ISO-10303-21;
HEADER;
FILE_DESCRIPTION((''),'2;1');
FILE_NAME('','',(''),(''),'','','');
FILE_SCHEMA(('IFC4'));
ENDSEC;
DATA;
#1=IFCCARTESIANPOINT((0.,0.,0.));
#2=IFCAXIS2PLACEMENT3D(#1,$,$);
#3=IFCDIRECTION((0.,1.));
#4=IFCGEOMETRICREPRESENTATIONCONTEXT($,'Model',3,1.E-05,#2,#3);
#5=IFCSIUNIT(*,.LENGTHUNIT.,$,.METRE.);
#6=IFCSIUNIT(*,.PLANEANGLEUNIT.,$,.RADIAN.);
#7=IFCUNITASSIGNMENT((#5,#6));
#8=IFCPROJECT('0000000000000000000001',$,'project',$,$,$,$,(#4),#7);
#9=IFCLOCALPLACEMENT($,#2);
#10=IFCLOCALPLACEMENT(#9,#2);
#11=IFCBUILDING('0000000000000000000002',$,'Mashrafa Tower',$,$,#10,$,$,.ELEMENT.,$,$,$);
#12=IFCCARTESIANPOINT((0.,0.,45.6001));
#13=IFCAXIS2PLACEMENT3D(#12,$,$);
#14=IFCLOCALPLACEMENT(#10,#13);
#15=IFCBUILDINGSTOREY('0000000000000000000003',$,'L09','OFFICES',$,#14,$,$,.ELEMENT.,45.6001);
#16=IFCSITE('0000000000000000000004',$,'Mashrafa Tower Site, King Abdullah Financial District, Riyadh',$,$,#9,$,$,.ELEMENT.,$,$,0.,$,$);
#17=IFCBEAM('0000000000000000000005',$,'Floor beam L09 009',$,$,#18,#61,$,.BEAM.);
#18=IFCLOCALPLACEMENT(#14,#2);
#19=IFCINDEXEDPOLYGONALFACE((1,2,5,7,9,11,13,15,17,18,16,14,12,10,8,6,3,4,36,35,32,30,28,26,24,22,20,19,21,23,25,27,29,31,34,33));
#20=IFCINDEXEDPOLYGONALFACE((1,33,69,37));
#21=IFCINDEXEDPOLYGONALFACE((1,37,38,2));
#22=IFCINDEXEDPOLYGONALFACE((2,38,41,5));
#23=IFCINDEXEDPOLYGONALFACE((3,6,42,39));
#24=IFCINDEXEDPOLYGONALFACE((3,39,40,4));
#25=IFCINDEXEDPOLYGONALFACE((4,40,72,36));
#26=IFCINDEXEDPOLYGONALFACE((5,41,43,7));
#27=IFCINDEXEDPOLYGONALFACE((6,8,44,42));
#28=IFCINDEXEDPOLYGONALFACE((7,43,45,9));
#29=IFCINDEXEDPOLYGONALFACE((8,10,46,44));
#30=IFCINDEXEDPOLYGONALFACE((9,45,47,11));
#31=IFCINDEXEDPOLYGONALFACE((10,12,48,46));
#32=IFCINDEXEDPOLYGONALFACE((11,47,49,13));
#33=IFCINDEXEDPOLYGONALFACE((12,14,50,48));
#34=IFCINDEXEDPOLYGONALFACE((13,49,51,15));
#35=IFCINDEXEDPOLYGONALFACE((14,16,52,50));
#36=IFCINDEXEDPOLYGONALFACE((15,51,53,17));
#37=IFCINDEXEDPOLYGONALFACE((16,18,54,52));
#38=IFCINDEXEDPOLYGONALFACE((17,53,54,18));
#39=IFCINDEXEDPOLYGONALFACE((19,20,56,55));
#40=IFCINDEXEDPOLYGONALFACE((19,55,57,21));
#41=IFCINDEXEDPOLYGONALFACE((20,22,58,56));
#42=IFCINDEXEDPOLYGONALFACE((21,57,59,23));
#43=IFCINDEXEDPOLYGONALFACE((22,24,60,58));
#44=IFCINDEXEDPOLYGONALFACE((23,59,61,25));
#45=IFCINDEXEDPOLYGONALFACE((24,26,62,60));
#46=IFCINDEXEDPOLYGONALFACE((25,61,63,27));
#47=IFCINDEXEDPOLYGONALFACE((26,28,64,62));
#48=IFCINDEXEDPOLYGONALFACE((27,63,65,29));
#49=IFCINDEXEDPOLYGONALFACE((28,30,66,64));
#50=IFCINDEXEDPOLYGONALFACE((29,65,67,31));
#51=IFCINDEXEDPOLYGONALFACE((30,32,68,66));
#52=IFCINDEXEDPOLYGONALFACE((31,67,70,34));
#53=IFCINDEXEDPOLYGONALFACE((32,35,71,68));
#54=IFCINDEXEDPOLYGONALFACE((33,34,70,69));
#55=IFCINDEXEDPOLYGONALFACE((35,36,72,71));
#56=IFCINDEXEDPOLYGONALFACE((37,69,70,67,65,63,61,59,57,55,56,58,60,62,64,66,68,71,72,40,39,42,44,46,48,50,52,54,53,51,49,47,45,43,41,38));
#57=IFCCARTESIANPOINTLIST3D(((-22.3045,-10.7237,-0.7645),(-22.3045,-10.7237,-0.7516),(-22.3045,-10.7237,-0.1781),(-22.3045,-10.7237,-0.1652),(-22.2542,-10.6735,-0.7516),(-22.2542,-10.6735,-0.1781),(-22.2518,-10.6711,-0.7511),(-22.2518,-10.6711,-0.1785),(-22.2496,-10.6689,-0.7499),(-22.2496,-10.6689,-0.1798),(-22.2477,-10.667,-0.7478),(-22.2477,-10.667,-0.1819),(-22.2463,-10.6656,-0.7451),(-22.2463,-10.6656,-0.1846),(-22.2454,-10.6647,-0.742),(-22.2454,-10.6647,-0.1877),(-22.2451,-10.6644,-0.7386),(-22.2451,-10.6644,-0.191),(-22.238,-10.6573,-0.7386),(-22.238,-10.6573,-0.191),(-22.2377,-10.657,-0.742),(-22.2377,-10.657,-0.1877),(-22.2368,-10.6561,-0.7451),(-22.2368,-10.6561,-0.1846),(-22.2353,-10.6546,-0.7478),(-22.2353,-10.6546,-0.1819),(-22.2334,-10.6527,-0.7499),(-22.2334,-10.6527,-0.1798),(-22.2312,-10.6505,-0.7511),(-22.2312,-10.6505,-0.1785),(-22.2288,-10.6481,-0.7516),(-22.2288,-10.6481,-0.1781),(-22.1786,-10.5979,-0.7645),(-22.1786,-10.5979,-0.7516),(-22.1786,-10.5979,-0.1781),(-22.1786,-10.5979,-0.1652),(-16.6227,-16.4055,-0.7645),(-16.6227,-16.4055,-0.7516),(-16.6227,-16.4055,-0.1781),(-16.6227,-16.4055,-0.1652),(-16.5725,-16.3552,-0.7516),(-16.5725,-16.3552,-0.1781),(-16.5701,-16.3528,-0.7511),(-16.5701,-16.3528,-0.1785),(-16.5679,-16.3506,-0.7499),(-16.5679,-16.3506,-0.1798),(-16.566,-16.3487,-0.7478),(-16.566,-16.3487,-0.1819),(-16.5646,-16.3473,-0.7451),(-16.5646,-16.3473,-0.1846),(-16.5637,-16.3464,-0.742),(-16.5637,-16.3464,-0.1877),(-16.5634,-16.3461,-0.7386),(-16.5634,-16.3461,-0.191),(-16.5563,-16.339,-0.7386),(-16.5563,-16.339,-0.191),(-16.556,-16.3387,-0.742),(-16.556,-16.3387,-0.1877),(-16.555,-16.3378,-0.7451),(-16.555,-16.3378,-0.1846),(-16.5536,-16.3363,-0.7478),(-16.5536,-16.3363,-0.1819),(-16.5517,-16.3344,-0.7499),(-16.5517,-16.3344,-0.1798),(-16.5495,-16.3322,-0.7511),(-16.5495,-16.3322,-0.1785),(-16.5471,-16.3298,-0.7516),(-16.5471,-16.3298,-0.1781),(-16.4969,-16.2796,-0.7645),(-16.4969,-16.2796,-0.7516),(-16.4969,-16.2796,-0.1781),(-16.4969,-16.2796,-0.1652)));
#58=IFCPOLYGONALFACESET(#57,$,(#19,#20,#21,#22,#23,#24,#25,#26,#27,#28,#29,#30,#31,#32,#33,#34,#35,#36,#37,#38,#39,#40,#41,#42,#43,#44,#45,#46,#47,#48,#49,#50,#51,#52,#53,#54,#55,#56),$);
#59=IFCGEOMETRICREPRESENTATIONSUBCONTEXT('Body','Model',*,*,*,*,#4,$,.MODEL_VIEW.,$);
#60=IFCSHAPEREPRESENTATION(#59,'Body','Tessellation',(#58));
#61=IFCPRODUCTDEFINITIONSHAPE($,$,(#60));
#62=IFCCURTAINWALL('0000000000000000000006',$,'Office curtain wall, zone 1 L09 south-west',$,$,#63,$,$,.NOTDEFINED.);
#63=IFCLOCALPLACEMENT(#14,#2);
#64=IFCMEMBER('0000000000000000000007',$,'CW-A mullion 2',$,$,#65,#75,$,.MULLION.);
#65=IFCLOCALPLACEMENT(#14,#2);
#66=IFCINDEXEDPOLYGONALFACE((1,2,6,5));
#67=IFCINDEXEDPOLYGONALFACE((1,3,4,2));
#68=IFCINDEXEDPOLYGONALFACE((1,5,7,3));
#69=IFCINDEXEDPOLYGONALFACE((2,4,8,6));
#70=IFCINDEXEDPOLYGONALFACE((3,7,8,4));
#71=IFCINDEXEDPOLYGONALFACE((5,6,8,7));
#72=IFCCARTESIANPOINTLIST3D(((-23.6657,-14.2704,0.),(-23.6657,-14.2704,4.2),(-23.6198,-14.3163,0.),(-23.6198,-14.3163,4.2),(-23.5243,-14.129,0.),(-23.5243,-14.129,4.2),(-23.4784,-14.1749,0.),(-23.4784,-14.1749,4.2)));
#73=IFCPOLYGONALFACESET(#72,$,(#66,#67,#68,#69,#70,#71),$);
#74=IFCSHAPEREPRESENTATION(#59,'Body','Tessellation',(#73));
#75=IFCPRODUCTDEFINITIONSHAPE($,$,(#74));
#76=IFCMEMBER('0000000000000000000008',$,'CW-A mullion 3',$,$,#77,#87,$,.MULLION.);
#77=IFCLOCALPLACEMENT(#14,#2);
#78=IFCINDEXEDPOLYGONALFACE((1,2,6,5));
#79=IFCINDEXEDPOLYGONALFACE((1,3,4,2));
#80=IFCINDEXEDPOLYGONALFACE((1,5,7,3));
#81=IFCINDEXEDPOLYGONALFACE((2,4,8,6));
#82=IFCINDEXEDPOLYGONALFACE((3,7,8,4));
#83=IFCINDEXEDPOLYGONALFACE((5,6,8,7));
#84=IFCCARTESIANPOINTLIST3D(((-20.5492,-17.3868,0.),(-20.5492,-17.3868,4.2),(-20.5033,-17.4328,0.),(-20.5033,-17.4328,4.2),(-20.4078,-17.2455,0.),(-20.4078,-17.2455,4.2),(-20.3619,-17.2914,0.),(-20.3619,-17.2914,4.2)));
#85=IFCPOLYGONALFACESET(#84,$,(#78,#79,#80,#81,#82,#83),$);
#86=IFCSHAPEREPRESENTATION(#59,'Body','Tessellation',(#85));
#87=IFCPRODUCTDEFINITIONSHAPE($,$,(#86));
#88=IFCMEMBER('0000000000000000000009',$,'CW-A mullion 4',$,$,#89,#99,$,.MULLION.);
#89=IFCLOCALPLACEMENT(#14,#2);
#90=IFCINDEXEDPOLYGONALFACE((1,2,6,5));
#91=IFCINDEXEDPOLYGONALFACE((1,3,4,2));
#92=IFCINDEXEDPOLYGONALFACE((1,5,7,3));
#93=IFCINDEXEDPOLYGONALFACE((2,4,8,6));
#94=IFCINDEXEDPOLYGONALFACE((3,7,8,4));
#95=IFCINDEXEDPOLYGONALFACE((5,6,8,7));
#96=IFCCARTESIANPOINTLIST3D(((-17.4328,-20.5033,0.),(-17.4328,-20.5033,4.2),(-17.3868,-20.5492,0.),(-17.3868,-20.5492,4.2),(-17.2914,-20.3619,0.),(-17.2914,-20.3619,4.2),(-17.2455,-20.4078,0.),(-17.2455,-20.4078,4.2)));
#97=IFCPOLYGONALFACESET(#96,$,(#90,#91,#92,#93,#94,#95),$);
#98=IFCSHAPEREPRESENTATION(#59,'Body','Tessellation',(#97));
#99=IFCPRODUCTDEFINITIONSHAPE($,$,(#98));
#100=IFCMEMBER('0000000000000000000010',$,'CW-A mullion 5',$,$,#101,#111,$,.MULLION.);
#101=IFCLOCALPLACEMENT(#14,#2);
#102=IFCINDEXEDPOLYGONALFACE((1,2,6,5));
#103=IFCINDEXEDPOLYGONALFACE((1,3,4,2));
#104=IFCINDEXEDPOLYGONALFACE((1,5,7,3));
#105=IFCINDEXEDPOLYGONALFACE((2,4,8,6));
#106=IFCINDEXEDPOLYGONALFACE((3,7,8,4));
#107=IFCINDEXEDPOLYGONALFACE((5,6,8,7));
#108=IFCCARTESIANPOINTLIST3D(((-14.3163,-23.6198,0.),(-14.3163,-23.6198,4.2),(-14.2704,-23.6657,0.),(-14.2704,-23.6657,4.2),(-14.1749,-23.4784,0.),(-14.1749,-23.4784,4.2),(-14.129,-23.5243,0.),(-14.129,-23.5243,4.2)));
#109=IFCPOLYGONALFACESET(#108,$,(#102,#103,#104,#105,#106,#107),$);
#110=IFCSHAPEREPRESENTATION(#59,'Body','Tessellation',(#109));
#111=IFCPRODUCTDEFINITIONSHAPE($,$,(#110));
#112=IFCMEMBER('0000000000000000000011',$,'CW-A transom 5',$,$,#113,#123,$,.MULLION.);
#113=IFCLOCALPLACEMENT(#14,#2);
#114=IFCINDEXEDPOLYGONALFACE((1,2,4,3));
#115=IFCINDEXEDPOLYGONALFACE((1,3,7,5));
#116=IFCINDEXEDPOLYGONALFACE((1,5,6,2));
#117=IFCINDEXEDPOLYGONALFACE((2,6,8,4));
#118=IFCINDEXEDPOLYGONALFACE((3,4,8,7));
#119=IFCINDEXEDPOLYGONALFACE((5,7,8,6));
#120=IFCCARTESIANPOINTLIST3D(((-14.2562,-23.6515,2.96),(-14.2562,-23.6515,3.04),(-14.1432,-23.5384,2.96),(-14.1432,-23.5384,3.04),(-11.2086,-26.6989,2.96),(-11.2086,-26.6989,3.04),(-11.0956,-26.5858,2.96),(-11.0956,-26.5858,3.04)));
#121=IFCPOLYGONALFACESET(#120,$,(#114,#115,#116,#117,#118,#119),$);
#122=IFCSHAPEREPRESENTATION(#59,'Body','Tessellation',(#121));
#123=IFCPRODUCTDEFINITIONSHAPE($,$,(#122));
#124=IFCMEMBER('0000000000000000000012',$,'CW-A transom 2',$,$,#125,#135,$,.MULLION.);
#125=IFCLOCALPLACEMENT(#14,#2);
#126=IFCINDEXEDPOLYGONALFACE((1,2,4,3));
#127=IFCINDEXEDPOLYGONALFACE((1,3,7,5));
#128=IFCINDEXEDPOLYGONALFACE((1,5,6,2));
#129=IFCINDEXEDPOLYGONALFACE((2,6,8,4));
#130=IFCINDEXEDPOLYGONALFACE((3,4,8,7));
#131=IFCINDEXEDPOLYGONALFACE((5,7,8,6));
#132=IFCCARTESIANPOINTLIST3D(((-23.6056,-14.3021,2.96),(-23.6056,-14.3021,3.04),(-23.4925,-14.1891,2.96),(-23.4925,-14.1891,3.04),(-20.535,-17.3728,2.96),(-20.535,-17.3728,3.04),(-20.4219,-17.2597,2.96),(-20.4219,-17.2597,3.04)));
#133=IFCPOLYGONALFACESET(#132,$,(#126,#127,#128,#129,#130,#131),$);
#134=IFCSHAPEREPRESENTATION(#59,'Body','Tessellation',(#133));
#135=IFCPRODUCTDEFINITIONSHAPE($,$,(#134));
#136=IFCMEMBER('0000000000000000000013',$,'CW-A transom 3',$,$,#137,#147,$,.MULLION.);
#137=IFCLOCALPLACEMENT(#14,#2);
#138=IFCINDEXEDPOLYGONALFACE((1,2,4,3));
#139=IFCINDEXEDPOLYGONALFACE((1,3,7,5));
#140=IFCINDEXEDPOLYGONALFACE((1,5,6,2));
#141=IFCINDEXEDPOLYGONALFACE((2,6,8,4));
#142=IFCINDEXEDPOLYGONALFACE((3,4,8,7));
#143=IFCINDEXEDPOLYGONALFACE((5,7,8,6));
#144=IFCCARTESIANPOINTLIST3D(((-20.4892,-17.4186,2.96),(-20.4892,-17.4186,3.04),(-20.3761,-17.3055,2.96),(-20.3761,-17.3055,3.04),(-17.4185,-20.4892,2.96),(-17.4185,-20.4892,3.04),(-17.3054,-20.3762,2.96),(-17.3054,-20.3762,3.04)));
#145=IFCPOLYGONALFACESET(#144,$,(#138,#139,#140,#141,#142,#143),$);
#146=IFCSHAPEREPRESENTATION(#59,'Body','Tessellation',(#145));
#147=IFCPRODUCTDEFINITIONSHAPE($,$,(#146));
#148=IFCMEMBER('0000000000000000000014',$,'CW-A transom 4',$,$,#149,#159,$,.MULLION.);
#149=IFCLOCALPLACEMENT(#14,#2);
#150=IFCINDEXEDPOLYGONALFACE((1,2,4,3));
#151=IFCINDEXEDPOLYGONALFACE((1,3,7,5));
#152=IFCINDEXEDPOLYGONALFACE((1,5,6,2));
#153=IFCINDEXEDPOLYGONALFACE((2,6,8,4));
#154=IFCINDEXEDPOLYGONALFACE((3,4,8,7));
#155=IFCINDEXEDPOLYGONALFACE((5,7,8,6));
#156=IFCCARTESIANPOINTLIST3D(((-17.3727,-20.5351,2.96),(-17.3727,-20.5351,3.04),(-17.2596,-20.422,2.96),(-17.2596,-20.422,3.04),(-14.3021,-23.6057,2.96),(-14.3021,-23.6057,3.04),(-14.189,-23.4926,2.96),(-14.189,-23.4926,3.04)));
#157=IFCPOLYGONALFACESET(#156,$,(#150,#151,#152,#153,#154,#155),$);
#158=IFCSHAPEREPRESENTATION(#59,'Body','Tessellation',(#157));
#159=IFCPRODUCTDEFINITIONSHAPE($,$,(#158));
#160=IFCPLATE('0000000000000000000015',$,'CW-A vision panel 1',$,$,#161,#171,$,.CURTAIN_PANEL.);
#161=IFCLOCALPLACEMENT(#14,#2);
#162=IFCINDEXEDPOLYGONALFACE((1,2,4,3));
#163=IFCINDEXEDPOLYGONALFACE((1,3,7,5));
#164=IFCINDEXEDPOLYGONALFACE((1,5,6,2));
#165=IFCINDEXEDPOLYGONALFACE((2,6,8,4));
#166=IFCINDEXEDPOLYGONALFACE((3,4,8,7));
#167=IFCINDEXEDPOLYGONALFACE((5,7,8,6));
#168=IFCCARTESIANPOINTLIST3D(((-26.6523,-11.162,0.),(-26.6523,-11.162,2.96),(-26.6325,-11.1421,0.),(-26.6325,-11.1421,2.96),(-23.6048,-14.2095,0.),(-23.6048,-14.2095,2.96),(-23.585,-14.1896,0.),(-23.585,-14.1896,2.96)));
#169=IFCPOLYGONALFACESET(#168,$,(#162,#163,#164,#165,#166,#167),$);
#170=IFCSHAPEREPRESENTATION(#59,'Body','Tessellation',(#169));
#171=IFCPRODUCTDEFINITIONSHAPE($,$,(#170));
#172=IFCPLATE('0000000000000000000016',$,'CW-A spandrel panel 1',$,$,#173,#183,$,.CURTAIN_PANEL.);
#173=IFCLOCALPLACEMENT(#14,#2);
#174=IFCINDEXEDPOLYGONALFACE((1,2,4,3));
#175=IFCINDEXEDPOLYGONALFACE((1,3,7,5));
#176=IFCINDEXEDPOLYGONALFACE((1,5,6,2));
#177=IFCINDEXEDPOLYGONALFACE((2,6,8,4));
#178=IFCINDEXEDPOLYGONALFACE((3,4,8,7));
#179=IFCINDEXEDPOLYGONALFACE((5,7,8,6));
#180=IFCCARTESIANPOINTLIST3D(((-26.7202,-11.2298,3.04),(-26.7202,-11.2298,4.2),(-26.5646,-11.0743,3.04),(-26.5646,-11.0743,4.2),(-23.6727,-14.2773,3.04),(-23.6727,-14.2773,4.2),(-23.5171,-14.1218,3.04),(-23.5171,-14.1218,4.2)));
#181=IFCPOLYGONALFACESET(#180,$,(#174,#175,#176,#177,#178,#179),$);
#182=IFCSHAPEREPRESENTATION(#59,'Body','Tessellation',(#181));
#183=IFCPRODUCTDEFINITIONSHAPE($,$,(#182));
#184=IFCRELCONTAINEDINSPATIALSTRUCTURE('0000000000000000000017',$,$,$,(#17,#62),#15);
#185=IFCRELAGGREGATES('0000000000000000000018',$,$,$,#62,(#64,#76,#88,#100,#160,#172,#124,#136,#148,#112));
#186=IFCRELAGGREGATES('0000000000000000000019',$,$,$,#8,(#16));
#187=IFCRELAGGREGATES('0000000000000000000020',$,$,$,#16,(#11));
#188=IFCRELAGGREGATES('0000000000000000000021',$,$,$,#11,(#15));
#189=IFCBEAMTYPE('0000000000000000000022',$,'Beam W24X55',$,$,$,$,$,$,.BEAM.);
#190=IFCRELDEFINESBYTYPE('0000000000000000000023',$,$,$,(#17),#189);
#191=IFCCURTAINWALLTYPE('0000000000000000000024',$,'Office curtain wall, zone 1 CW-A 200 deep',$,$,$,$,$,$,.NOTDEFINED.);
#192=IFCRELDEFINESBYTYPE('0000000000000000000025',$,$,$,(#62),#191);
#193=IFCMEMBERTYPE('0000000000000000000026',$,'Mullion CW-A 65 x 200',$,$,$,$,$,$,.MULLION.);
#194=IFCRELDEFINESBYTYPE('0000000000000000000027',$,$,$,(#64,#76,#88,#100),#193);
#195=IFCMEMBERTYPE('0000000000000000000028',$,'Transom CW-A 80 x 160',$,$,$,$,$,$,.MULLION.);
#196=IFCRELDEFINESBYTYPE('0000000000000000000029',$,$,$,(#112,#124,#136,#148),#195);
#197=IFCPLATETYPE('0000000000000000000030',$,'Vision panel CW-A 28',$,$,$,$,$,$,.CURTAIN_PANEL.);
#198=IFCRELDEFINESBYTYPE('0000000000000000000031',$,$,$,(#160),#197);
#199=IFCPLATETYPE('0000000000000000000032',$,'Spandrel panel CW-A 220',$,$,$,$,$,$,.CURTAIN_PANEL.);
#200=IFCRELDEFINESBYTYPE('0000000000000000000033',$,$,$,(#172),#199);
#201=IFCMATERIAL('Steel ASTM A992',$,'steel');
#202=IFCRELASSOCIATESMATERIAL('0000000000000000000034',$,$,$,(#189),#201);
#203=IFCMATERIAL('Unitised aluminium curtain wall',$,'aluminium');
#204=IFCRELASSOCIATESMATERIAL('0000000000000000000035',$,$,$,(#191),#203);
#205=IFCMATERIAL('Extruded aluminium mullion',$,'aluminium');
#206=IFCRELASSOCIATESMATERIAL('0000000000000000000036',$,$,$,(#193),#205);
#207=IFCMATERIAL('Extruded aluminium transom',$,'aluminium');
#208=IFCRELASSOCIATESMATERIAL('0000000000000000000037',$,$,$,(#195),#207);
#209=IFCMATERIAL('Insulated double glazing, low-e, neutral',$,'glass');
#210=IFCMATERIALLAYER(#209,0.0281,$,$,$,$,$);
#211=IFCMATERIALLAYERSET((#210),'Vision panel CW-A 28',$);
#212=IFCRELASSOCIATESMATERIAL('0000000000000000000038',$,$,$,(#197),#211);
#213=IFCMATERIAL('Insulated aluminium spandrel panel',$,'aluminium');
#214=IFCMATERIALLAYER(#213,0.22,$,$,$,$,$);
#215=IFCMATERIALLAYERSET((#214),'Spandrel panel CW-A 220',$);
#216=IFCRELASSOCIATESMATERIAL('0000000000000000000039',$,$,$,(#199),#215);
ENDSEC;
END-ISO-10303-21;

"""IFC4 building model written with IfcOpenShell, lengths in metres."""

from ifc_helpers import new_model, si_unit, direction, frame, origin, origin_2d, place, context, subcontext, project, spatial, rectangle, i_section, extrude, source, transform, mapped, material, layer, layer_set, material_profile, profile_set, type_object, type_shapes, element, aggregate, save


model = new_model("IFC4")

# Units and contexts
model_context = context("Model", 3, precision=1e-05, world=origin(), true_north=direction((0.0, 1.0)))
body_context = subcontext(model_context, "Body", "Model", "MODEL_VIEW")
ifc_project = project(units=[si_unit("LENGTHUNIT", "METRE"), si_unit("PLANEANGLEUNIT", "RADIAN")], contexts=[model_context])

# Site, building, storey
site_placement = place(None, origin())
site = spatial("IfcSite", under=ifc_project, at=site_placement, Name="Mashrafa Tower Site, King Abdullah Financial District, Riyadh", CompositionType="ELEMENT", RefElevation=0.0)
building_placement = place(site_placement, origin())
building = spatial("IfcBuilding", under=site, at=building_placement, Name="Mashrafa Tower", CompositionType="ELEMENT")
storey_placement = place(building_placement, frame((0.0, 0.0, 45.6001)))
storey = spatial("IfcBuildingStorey", under=building, at=storey_placement, Name="L09", Description="OFFICES", CompositionType="ELEMENT", Elevation=45.6001)

# Beam
ifc_material_1 = material(Name="Steel ASTM A992", Category="steel")
ifc_material_profile_1 = material_profile(ifc_material_1, i_section(OverallWidth=0.178, OverallDepth=0.5994, WebThickness=0.01, FlangeThickness=0.0129, FilletRadius=0.0129, at=origin_2d()), Name="W24X55")
ifc_profile_set_1 = profile_set([ifc_material_profile_1], Name="Steel ASTM A992")
beam_type_1 = type_object("IfcBeamType", Name="Beam W24X55", PredefinedType="BEAM", material=ifc_profile_set_1)
beam_1_placement = place(storey_placement, frame((-16.5598, -16.3425, -0.4648), z_axis=(-0.707107, 0.707107, 0.0), x_axis=(-0.707107, -0.707107, 0.0)))
element("IfcBeam", 1, at=beam_1_placement, inside=storey, type_object=beam_type_1, Name="Floor beam L09 009", PredefinedType="BEAM", context=body_context, shape_type="SweptSolid", body=[
    extrude(i_section(OverallWidth=0.178, OverallDepth=0.5994, WebThickness=0.01, FlangeThickness=0.0129, FilletRadius=0.0129, at=origin_2d()), origin(), (0.0, 0.0, 1.0), 8.0352),
])

# Curtain wall, members, plates
ifc_material_2 = material(Name="Unitised aluminium curtain wall", Category="aluminium")
curtain_wall_type = type_object("IfcCurtainWallType", Name="Office curtain wall, zone 1 CW-A 200 deep", PredefinedType="NOTDEFINED", material=ifc_material_2)
curtain_wall_placement = place(storey_placement, origin())
curtain_wall = element("IfcCurtainWall", 2, at=curtain_wall_placement, inside=storey, type_object=curtain_wall_type, Name="Office curtain wall, zone 1 L09 south-west", PredefinedType="NOTDEFINED")
ifc_material_3 = material(Name="Extruded aluminium mullion", Category="aluminium")
ifc_material_profile_2 = material_profile(ifc_material_3, rectangle(XDim=0.2, YDim=0.0649, at=origin_2d()), Name="Mullion 65x200")
ifc_profile_set_2 = profile_set([ifc_material_profile_2], Name="Extruded aluminium mullion")
member_type_1 = type_object("IfcMemberType", Name="Mullion CW-A 65 x 200", PredefinedType="MULLION", material=ifc_profile_set_2)
shared_shape_1 = source(origin(), body_context, "Body", "SweptSolid", [
    extrude(rectangle(XDim=0.2, YDim=0.0649, at=origin_2d()), origin(), (0.0, 0.0, 1.0), 4.2),
])
type_shapes(member_type_1, [shared_shape_1])
member_1_placement = place(storey_placement, frame((-23.572, -14.2227, 0.0), z_axis=(0.0, 0.0, 1.0), x_axis=(0.707107, 0.707107, 0.0)))
member_1 = element("IfcMember", 3, at=member_1_placement, type_object=member_type_1, Name="CW-A mullion 2", PredefinedType="MULLION", context=body_context, shape_type="MappedRepresentation", body=[
    mapped(shared_shape_1, transform((0.0, 0.0, 0.0))),
])
member_2_placement = place(storey_placement, frame((-20.4556, -17.3391, 0.0), z_axis=(0.0, 0.0, 1.0), x_axis=(0.707107, 0.707107, 0.0)))
member_2 = element("IfcMember", 4, at=member_2_placement, type_object=member_type_1, Name="CW-A mullion 3", PredefinedType="MULLION", context=body_context, shape_type="MappedRepresentation", body=[
    mapped(shared_shape_1, transform((0.0, 0.0, 0.0))),
])
member_3_placement = place(storey_placement, frame((-17.3391, -20.4556, 0.0), z_axis=(0.0, 0.0, 1.0), x_axis=(0.707107, 0.707107, 0.0)))
member_3 = element("IfcMember", 5, at=member_3_placement, type_object=member_type_1, Name="CW-A mullion 4", PredefinedType="MULLION", context=body_context, shape_type="MappedRepresentation", body=[
    mapped(shared_shape_1, transform((0.0, 0.0, 0.0))),
])
member_4_placement = place(storey_placement, frame((-14.2227, -23.572, 0.0), z_axis=(0.0, 0.0, 1.0), x_axis=(0.707107, 0.707107, 0.0)))
member_4 = element("IfcMember", 6, at=member_4_placement, type_object=member_type_1, Name="CW-A mullion 5", PredefinedType="MULLION", context=body_context, shape_type="MappedRepresentation", body=[
    mapped(shared_shape_1, transform((0.0, 0.0, 0.0))),
])
ifc_material_4 = material(Name="Extruded aluminium transom", Category="aluminium")
ifc_material_profile_3 = material_profile(ifc_material_4, rectangle(XDim=0.1599, YDim=0.0801, at=origin_2d()), Name="Transom 80x160")
ifc_profile_set_3 = profile_set([ifc_material_profile_3], Name="Extruded aluminium transom")
member_type_2 = type_object("IfcMemberType", Name="Transom CW-A 80 x 160", PredefinedType="MULLION", material=ifc_profile_set_3)
shared_shape_2 = source(origin(), body_context, "Body", "SweptSolid", [
    extrude(rectangle(XDim=0.1599, YDim=0.0801, at=origin_2d()), origin(), (0.0, 0.0, 1.0), 4.3098),
])
member_5_placement = place(storey_placement, frame((-14.1997, -23.595, 3.0), z_axis=(0.707135, -0.707078, 0.0), x_axis=(0.707078, 0.707135, 0.0)))
member_5 = element("IfcMember", 7, at=member_5_placement, type_object=member_type_2, Name="CW-A transom 5", PredefinedType="MULLION", context=body_context, shape_type="MappedRepresentation", body=[
    mapped(shared_shape_2, transform((0.0, 0.0, 0.0))),
])
shared_shape_3 = source(origin(), body_context, "Body", "SweptSolid", [
    extrude(rectangle(XDim=0.1599, YDim=0.0801, at=origin_2d()), origin(), (0.0, 0.0, 1.0), 4.3425),
])
type_shapes(member_type_2, [shared_shape_2, shared_shape_3])
member_6_placement = place(storey_placement, frame((-23.5491, -14.2456, 3.0), z_axis=(0.707107, -0.707107, 0.0), x_axis=(0.707107, 0.707107, 0.0)))
member_6 = element("IfcMember", 8, at=member_6_placement, type_object=member_type_2, Name="CW-A transom 2", PredefinedType="MULLION", context=body_context, shape_type="MappedRepresentation", body=[
    mapped(shared_shape_3, transform((0.0, 0.0, 0.0))),
])
member_7_placement = place(storey_placement, frame((-20.4326, -17.3621, 3.0), z_axis=(0.707107, -0.707107, 0.0), x_axis=(0.707107, 0.707107, 0.0)))
member_7 = element("IfcMember", 9, at=member_7_placement, type_object=member_type_2, Name="CW-A transom 3", PredefinedType="MULLION", context=body_context, shape_type="MappedRepresentation", body=[
    mapped(shared_shape_3, transform((0.0, 0.0, 0.0))),
])
member_8_placement = place(storey_placement, frame((-17.3162, -20.4785, 3.0), z_axis=(0.707107, -0.707107, 0.0), x_axis=(0.707107, 0.707107, 0.0)))
member_8 = element("IfcMember", 10, at=member_8_placement, type_object=member_type_2, Name="CW-A transom 4", PredefinedType="MULLION", context=body_context, shape_type="MappedRepresentation", body=[
    mapped(shared_shape_3, transform((0.0, 0.0, 0.0))),
])
ifc_material_5 = material(Name="Insulated double glazing, low-e, neutral", Category="glass")
ifc_layer_1 = layer(ifc_material_5, 0.0281)
ifc_layer_set_1 = layer_set([ifc_layer_1], Name="Vision panel CW-A 28")
plate_type_1 = type_object("IfcPlateType", Name="Vision panel CW-A 28", PredefinedType="CURTAIN_PANEL", material=ifc_layer_set_1)
shared_shape_4 = source(origin(), body_context, "Body", "SweptSolid", [
    extrude(rectangle(XDim=4.3098, YDim=0.0281, at=origin_2d()), origin(), (0.0, 0.0, 1.0), 2.96),
])
plate_1_placement = place(storey_placement, frame((-25.1187, -12.6758, 0.0), z_axis=(0.0, 0.0, 1.0), x_axis=(0.707107, -0.707107, 0.0)))
plate_1 = element("IfcPlate", 11, at=plate_1_placement, type_object=plate_type_1, Name="CW-A vision panel 1", PredefinedType="CURTAIN_PANEL", context=body_context, shape_type="MappedRepresentation", body=[
    mapped(shared_shape_4, transform((0.0, 0.0, 0.0))),
])
ifc_material_6 = material(Name="Insulated aluminium spandrel panel", Category="aluminium")
ifc_layer_2 = layer(ifc_material_6, 0.22)
ifc_layer_set_2 = layer_set([ifc_layer_2], Name="Spandrel panel CW-A 220")
plate_type_2 = type_object("IfcPlateType", Name="Spandrel panel CW-A 220", PredefinedType="CURTAIN_PANEL", material=ifc_layer_set_2)
shared_shape_5 = source(origin(), body_context, "Body", "SweptSolid", [
    extrude(rectangle(XDim=4.3098, YDim=0.22, at=origin_2d()), origin(), (0.0, 0.0, 1.0), 1.1599),
])
plate_2_placement = place(storey_placement, frame((-25.1187, -12.6758, 3.04), z_axis=(0.0, 0.0, 1.0), x_axis=(0.707107, -0.707107, 0.0)))
plate_2 = element("IfcPlate", 12, at=plate_2_placement, type_object=plate_type_2, Name="CW-A spandrel panel 1", PredefinedType="CURTAIN_PANEL", context=body_context, shape_type="MappedRepresentation", body=[
    mapped(shared_shape_5, transform((0.0, 0.0, 0.0))),
])
aggregate(curtain_wall, [member_1, member_2, member_3, member_4, plate_1, plate_2, member_6, member_7, member_8, member_5])

save(model, "model.ifc")
